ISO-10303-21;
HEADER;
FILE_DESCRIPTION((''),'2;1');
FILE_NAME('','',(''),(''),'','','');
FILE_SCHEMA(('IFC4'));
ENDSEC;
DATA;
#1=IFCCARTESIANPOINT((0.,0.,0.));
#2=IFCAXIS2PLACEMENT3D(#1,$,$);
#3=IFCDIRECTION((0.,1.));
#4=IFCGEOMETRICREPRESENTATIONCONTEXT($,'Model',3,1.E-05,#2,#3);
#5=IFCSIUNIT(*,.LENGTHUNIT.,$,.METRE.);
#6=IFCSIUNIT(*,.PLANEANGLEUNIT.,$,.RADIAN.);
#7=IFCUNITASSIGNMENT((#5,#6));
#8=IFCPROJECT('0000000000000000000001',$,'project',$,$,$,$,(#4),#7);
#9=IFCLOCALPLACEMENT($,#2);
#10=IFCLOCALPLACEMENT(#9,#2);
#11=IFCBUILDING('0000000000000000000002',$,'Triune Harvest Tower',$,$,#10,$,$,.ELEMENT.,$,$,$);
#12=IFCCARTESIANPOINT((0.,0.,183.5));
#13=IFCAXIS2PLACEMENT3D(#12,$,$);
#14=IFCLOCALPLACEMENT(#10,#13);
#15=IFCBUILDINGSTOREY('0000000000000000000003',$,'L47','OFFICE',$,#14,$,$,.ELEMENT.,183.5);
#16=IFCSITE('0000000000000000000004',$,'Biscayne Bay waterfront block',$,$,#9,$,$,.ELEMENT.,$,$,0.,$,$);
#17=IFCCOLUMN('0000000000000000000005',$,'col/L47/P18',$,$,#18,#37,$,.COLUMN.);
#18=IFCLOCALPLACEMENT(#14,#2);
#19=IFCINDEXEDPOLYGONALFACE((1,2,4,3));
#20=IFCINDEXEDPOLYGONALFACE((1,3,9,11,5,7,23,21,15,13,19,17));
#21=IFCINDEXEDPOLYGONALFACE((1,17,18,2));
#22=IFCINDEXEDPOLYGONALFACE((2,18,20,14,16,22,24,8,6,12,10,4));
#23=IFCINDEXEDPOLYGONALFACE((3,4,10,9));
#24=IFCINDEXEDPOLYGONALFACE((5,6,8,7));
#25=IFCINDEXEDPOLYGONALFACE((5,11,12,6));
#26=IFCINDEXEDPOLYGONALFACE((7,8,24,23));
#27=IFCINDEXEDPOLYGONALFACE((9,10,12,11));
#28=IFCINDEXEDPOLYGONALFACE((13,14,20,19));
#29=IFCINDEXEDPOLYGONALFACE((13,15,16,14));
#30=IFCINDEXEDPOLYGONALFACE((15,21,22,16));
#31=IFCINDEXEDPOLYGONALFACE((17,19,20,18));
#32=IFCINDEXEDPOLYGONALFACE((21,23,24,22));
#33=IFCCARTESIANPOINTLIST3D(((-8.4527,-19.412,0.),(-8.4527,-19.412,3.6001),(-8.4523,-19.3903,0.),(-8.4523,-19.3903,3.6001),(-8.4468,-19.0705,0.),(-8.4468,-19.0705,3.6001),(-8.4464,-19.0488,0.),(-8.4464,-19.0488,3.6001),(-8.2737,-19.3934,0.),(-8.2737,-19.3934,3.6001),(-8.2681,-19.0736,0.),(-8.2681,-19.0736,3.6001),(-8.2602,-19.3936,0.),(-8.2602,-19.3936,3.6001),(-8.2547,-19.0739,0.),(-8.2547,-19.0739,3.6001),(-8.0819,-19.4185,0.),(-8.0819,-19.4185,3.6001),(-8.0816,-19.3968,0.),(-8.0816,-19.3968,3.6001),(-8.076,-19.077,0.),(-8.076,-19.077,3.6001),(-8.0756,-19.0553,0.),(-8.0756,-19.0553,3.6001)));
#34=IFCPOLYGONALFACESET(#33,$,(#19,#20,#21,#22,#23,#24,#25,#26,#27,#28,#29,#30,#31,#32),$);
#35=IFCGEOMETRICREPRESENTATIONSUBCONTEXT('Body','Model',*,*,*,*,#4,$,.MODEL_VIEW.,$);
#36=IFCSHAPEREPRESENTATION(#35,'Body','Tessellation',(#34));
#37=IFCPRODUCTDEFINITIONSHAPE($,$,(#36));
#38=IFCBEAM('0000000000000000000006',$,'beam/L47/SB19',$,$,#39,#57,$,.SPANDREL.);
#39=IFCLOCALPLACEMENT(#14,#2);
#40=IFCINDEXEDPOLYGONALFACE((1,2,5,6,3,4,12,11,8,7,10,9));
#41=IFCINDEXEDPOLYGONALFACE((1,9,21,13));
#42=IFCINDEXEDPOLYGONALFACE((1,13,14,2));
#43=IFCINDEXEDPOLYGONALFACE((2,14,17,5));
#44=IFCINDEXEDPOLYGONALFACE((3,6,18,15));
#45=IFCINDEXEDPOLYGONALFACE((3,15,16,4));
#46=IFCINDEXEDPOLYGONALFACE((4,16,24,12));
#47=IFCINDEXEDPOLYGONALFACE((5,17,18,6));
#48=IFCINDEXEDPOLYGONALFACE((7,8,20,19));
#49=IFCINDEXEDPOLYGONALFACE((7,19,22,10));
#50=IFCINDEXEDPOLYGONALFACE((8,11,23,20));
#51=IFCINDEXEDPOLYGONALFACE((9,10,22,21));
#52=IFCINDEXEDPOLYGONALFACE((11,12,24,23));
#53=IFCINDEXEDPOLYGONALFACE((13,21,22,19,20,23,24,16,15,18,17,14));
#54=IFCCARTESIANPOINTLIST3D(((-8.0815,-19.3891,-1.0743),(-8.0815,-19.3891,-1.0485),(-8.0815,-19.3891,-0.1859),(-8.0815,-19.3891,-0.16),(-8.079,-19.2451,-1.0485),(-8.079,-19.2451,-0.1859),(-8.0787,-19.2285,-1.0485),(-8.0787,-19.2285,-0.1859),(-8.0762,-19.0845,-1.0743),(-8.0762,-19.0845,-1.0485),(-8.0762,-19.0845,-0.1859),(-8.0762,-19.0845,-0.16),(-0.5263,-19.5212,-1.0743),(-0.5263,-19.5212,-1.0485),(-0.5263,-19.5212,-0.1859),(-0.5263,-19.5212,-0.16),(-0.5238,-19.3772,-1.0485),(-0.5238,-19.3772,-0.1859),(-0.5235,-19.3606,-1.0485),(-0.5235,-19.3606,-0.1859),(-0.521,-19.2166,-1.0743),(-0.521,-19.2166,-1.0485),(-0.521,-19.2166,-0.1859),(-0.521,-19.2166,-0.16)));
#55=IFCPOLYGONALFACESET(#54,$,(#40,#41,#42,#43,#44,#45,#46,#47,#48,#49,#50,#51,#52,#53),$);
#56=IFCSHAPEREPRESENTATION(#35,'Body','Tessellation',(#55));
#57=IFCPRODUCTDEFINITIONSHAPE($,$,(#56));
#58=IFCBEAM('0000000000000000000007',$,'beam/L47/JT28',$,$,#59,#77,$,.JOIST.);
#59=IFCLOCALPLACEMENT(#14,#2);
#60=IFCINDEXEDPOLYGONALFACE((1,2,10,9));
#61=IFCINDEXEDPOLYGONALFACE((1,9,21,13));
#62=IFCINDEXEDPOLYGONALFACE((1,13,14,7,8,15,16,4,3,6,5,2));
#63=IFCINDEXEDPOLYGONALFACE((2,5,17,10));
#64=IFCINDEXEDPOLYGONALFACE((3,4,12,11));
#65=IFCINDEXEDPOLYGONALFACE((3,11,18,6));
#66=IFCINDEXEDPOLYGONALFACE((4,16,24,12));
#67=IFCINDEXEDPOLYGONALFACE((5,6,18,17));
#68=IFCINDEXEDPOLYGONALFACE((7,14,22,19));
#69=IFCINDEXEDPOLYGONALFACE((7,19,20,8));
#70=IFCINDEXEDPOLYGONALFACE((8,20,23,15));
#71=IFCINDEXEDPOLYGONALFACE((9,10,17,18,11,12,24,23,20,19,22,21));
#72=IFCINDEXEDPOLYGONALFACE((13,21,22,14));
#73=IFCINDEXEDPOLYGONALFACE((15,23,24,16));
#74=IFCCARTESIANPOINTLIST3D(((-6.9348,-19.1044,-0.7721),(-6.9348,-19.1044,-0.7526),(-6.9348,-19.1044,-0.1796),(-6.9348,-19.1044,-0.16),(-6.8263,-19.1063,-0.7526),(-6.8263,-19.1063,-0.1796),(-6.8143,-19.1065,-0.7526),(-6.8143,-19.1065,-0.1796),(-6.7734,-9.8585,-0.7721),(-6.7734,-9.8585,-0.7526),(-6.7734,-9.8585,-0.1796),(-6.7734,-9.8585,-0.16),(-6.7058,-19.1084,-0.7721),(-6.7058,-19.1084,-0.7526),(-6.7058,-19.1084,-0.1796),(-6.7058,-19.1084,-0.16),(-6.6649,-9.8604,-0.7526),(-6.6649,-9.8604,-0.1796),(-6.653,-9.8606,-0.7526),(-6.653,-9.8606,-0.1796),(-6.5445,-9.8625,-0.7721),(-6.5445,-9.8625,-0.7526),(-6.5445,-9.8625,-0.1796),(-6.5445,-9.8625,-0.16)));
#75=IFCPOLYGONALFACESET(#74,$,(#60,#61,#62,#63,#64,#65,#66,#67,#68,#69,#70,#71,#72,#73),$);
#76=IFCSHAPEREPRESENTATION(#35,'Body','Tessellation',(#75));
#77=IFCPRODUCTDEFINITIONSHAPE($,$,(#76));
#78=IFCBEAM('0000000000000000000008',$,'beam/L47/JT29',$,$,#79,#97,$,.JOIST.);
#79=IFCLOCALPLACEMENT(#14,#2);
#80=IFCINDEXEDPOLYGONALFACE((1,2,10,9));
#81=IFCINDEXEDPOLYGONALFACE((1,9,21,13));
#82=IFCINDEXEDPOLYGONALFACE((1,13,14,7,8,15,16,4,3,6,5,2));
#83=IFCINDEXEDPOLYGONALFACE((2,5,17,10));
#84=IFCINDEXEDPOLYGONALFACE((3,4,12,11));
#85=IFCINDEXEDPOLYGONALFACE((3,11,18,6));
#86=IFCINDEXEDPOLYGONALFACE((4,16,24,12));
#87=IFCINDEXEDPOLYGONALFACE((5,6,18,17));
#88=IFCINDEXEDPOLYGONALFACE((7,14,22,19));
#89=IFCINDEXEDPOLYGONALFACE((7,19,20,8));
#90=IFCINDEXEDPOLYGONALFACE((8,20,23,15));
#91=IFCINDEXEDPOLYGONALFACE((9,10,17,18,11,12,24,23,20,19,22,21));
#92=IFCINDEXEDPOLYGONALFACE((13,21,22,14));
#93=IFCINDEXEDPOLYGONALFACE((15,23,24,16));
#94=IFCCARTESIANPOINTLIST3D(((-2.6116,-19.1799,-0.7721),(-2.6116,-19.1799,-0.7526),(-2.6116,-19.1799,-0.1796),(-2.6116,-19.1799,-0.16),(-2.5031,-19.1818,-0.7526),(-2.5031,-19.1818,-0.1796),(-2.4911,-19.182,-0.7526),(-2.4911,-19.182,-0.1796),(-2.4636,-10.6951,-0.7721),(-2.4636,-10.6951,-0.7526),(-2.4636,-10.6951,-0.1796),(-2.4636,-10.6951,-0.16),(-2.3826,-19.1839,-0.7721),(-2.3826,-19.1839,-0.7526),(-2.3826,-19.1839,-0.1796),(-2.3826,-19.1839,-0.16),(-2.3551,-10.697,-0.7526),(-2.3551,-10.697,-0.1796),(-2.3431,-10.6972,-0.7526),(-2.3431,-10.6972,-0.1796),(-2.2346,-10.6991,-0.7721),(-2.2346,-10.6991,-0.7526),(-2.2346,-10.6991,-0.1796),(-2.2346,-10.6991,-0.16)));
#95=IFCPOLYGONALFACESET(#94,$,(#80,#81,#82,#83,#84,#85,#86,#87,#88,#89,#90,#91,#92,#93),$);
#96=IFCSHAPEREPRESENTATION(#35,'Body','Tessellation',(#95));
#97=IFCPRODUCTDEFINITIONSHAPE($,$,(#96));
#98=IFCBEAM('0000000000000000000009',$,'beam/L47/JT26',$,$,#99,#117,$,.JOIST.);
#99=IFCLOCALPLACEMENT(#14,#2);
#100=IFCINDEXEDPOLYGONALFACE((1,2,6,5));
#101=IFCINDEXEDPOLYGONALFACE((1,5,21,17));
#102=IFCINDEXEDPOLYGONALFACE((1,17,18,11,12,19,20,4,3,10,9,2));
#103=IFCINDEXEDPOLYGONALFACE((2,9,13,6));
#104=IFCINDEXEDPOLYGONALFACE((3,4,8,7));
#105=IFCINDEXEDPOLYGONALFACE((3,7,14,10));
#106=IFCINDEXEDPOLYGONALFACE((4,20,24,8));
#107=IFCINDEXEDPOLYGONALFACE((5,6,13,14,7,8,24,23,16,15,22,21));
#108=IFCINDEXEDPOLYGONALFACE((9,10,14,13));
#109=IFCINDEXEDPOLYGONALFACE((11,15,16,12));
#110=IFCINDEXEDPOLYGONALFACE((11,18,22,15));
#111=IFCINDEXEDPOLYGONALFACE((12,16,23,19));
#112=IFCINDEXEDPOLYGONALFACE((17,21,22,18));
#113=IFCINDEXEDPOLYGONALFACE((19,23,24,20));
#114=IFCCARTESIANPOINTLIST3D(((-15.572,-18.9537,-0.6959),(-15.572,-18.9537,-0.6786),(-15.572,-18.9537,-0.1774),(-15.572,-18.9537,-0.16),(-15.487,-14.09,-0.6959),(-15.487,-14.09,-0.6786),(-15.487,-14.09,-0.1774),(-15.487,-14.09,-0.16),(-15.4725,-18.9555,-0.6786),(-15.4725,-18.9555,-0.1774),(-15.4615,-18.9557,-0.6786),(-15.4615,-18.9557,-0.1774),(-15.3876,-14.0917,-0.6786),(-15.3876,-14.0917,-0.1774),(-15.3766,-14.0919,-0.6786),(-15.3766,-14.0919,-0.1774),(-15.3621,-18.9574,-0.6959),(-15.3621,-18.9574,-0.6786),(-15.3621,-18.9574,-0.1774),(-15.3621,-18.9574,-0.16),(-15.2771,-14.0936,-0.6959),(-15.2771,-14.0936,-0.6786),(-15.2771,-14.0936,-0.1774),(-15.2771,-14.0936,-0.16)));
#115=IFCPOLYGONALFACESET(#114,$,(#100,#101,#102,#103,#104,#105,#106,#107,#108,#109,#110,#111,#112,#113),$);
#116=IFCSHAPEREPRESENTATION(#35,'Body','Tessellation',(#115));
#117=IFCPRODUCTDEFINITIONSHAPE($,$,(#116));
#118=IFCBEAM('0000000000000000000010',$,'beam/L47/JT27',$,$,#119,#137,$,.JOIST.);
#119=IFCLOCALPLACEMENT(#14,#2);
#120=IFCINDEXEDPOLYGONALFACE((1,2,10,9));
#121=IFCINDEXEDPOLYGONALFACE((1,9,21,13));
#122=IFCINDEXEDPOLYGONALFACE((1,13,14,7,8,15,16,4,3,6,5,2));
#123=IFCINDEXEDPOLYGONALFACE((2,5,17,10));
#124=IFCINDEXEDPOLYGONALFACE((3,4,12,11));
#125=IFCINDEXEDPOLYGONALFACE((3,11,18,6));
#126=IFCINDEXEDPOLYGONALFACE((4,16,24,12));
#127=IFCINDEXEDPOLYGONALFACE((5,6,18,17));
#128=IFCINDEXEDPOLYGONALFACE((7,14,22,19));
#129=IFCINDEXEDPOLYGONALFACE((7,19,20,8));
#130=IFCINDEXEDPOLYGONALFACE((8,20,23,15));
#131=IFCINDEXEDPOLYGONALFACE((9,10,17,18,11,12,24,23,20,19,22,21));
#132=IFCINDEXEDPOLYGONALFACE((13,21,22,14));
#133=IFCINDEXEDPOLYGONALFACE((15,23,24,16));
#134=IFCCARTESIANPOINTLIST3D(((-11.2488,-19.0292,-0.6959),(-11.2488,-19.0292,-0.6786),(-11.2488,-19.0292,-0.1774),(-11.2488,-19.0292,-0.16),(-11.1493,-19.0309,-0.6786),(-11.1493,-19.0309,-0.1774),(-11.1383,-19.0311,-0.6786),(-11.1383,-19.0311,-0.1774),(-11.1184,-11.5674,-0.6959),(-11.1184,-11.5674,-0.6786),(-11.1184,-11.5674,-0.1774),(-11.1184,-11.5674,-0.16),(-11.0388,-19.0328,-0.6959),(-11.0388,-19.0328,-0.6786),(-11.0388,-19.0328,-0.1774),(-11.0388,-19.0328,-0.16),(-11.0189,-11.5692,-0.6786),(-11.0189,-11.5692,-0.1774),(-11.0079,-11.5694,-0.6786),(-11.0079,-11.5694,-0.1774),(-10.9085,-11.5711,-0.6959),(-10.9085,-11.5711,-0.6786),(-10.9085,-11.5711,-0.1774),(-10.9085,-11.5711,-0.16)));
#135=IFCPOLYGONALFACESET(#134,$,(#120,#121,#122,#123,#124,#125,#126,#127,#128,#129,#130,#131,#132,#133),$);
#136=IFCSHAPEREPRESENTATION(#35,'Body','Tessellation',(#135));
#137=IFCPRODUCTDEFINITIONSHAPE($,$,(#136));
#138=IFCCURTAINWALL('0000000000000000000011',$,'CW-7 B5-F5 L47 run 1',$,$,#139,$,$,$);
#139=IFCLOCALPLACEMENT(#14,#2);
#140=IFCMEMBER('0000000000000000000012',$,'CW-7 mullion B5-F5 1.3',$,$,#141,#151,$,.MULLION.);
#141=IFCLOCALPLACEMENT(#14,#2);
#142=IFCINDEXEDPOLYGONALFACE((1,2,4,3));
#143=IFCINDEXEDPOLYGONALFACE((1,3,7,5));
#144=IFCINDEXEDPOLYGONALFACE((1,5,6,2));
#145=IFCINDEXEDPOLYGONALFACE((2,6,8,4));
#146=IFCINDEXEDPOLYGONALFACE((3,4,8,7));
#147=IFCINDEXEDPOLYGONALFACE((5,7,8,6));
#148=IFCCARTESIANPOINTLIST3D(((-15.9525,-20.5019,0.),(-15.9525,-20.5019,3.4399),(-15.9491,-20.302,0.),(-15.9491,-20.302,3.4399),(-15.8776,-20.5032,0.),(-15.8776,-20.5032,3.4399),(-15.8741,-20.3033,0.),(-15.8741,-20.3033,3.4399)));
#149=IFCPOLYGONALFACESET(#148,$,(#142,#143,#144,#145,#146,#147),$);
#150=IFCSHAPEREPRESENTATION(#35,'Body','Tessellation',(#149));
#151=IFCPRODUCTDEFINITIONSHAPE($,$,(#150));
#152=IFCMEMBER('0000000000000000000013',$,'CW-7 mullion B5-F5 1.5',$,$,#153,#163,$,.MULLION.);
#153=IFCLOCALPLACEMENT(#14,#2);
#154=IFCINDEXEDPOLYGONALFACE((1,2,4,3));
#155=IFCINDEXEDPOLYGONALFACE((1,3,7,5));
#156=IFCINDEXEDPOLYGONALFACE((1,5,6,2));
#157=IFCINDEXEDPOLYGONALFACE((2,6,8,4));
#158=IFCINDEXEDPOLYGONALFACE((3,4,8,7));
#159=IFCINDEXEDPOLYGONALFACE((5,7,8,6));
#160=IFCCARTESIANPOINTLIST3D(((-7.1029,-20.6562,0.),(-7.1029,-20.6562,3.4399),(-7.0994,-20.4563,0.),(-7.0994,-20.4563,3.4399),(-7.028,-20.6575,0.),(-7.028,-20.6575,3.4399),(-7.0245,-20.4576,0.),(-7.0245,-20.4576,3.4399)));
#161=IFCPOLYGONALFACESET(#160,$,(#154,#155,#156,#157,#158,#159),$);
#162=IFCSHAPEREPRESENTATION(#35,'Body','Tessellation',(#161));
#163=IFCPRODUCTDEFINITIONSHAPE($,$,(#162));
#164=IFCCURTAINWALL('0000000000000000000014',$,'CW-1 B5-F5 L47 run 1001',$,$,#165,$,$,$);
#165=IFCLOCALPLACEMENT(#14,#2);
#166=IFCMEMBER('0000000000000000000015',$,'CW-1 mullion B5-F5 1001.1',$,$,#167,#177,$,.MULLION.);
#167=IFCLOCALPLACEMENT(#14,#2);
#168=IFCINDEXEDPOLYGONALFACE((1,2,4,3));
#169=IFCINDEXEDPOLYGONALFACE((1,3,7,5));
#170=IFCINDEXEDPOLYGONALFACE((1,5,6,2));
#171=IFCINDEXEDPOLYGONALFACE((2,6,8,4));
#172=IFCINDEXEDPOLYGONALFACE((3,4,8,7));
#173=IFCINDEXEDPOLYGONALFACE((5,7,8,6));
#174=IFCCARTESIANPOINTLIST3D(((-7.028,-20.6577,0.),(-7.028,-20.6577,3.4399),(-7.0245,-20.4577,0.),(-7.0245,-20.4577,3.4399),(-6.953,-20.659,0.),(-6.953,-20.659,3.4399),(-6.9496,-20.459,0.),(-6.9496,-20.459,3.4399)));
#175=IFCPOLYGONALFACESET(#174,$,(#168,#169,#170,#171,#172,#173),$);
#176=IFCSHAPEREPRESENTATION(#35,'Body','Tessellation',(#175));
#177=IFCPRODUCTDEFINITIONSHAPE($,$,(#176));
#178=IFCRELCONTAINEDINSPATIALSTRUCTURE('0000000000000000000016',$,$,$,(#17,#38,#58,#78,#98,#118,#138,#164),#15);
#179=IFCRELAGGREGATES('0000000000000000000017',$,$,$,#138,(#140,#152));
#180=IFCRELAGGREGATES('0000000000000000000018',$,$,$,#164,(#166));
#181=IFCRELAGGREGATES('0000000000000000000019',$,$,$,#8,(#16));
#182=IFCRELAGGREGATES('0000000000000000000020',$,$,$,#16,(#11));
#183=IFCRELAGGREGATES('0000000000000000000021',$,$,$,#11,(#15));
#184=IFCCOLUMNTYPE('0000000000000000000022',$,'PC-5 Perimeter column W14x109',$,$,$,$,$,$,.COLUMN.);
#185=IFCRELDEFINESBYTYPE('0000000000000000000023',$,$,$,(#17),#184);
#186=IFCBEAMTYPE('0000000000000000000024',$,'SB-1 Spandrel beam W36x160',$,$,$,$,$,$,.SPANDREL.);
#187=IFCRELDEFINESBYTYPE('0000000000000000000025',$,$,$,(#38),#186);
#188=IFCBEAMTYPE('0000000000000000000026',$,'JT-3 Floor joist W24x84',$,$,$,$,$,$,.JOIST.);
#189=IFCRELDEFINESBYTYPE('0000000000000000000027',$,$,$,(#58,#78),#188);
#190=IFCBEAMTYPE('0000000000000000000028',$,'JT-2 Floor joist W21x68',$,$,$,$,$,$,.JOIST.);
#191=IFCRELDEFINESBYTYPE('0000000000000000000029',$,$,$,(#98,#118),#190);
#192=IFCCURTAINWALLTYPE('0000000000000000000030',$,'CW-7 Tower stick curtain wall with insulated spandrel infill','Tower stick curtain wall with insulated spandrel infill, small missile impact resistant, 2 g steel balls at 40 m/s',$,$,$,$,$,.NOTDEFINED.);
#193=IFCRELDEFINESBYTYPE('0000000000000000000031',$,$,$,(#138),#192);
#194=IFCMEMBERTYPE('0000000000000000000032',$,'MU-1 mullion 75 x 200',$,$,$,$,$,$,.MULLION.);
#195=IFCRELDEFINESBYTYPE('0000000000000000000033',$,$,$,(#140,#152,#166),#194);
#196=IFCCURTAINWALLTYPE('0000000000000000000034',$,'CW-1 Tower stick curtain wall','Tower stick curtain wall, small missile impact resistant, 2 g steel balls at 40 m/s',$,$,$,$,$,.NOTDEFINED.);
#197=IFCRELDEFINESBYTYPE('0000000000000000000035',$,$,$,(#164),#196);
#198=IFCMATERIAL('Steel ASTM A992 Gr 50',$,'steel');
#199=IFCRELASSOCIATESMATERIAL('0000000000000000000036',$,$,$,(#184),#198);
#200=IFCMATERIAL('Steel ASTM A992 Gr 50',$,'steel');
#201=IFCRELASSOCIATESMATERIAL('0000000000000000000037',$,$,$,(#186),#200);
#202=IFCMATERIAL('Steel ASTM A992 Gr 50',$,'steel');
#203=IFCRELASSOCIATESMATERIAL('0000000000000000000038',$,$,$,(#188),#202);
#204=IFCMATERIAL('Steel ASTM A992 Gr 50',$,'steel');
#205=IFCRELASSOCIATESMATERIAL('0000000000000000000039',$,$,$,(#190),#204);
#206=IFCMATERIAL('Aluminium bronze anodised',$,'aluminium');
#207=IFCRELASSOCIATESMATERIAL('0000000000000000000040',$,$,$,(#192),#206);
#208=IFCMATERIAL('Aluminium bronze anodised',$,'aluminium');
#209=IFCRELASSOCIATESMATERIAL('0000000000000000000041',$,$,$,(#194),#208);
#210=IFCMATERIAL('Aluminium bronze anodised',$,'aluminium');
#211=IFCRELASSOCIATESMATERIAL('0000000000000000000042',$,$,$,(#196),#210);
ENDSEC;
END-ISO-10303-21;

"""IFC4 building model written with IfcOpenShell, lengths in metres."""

from ifc_helpers import new_model, si_unit, direction, frame, origin, origin_2d, place, context, subcontext, project, spatial, rectangle, i_section, extrude, source, transform, mapped, material, material_profile, profile_set, type_object, element, aggregate, save


model = new_model("IFC4")

# Units and contexts
model_context = context("Model", 3, precision=1e-05, world=origin(), true_north=direction((0.0, 1.0)))
body_context = subcontext(model_context, "Body", "Model", "MODEL_VIEW")
ifc_project = project(units=[si_unit("LENGTHUNIT", "METRE"), si_unit("PLANEANGLEUNIT", "RADIAN")], contexts=[model_context])

# Site, building, storey
site_placement = place(None, origin())
site = spatial("IfcSite", under=ifc_project, at=site_placement, Name="Biscayne Bay waterfront block", CompositionType="ELEMENT", RefElevation=0.0)
building_placement = place(site_placement, origin())
building = spatial("IfcBuilding", under=site, at=building_placement, Name="Triune Harvest Tower", CompositionType="ELEMENT")
storey_placement = place(building_placement, frame((0.0, 0.0, 183.5)))
storey = spatial("IfcBuildingStorey", under=building, at=storey_placement, Name="L47", Description="OFFICE", CompositionType="ELEMENT", Elevation=183.5)

# Column
ifc_material_1 = material(Name="Steel ASTM A992 Gr 50", Category="steel")
ifc_material_profile_1 = material_profile(ifc_material_1, i_section(OverallWidth=0.3708, OverallDepth=0.3633, WebThickness=0.0134, FlangeThickness=0.0217, at=origin_2d()), Name="W14x109")
ifc_profile_set_1 = profile_set([ifc_material_profile_1], Name="Steel ASTM A992 Gr 50")
column_type = type_object("IfcColumnType", Name="PC-5 Perimeter column W14x109", PredefinedType="COLUMN", material=ifc_profile_set_1)
shared_shape_1 = source(origin(), body_context, "Body", "SweptSolid", [
    extrude(i_section(OverallWidth=0.3708, OverallDepth=0.3633, WebThickness=0.0134, FlangeThickness=0.0217, at=origin_2d()), origin(), (0.0, 0.0, 1.0), 3.6001),
])
column_placement = place(storey_placement, frame((-8.2642, -19.2336, 0.0), z_axis=(0.0, 0.0, 1.0), x_axis=(0.999848, -0.017452, 0.0)))
element("IfcColumn", 1, at=column_placement, inside=storey, type_object=column_type, Name="col/L47/P18", PredefinedType="COLUMN", context=body_context, shape_type="MappedRepresentation", body=[
    mapped(shared_shape_1, transform((0.0, 0.0, 0.0), scale=1.0)),
])

# Beams
ifc_material_2 = material(Name="Steel ASTM A992 Gr 50", Category="steel")
ifc_material_profile_2 = material_profile(ifc_material_2, i_section(OverallWidth=0.3047, OverallDepth=0.9143, WebThickness=0.0166, FlangeThickness=0.0259, at=origin_2d()), Name="W36x160")
ifc_profile_set_2 = profile_set([ifc_material_profile_2], Name="Steel ASTM A992 Gr 50")
beam_type_1 = type_object("IfcBeamType", Name="SB-1 Spandrel beam W36x160", PredefinedType="SPANDREL", material=ifc_profile_set_2)
shared_shape_2 = source(origin(), body_context, "Body", "SweptSolid", [
    extrude(i_section(OverallWidth=0.3047, OverallDepth=0.9143, WebThickness=0.0166, FlangeThickness=0.0259, at=origin_2d()), origin(), (0.0, 0.0, 1.0), 7.5564),
])
beam_1_placement = place(storey_placement, frame((-8.0789, -19.2368, -0.6172), z_axis=(0.999847, -0.017479, 0.0), x_axis=(0.017479, 0.999847, 0.0)))
element("IfcBeam", 2, at=beam_1_placement, inside=storey, type_object=beam_type_1, Name="beam/L47/SB19", PredefinedType="SPANDREL", context=body_context, shape_type="MappedRepresentation", body=[
    mapped(shared_shape_2, transform((0.0, 0.0, 0.0), scale=1.0)),
])
ifc_material_3 = material(Name="Steel ASTM A992 Gr 50", Category="steel")
ifc_material_profile_3 = material_profile(ifc_material_3, i_section(OverallWidth=0.229, OverallDepth=0.6121, WebThickness=0.012, FlangeThickness=0.0195, at=origin_2d()), Name="W24x84")
ifc_profile_set_3 = profile_set([ifc_material_profile_3], Name="Steel ASTM A992 Gr 50")
beam_type_2 = type_object("IfcBeamType", Name="JT-3 Floor joist W24x84", PredefinedType="JOIST", material=ifc_profile_set_3)
shared_shape_3 = source(origin(), body_context, "Body", "SweptSolid", [
    extrude(i_section(OverallWidth=0.229, OverallDepth=0.6121, WebThickness=0.012, FlangeThickness=0.0195, at=origin_2d()), origin(), (0.0, 0.0, 1.0), 9.2473),
])
beam_2_placement = place(storey_placement, frame((-6.8203, -19.1064, -0.4661), z_axis=(0.017451, 0.999848, 0.0), x_axis=(-0.999848, 0.017451, 0.0)))
element("IfcBeam", 3, at=beam_2_placement, inside=storey, type_object=beam_type_2, Name="beam/L47/JT28", PredefinedType="JOIST", context=body_context, shape_type="MappedRepresentation", body=[
    mapped(shared_shape_3, transform((0.0, 0.0, 0.0), scale=1.0)),
])
shared_shape_4 = source(origin(), body_context, "Body", "SweptSolid", [
    extrude(i_section(OverallWidth=0.229, OverallDepth=0.6121, WebThickness=0.012, FlangeThickness=0.0195, at=origin_2d()), origin(), (0.0, 0.0, 1.0), 8.4861),
])
beam_3_placement = place(storey_placement, frame((-2.4971, -19.1819, -0.4661), z_axis=(0.017434, 0.999848, 0.0), x_axis=(-0.999848, 0.017434, 0.0)))
element("IfcBeam", 4, at=beam_3_placement, inside=storey, type_object=beam_type_2, Name="beam/L47/JT29", PredefinedType="JOIST", context=body_context, shape_type="MappedRepresentation", body=[
    mapped(shared_shape_4, transform((0.0, 0.0, 0.0), scale=1.0)),
])
ifc_material_4 = material(Name="Steel ASTM A992 Gr 50", Category="steel")
ifc_material_profile_4 = material_profile(ifc_material_4, i_section(OverallWidth=0.21, OverallDepth=0.5359, WebThickness=0.011, FlangeThickness=0.0173, at=origin_2d()), Name="W21x68")
ifc_profile_set_4 = profile_set([ifc_material_profile_4], Name="Steel ASTM A992 Gr 50")
beam_type_3 = type_object("IfcBeamType", Name="JT-2 Floor joist W21x68", PredefinedType="JOIST", material=ifc_profile_set_4)
shared_shape_5 = source(origin(), body_context, "Body", "SweptSolid", [
    extrude(i_section(OverallWidth=0.21, OverallDepth=0.5359, WebThickness=0.011, FlangeThickness=0.0173, at=origin_2d()), origin(), (0.0, 0.0, 1.0), 4.8645),
])
beam_4_placement = place(storey_placement, frame((-15.467, -18.9556, -0.428), z_axis=(0.017465, 0.999847, 0.0), x_axis=(-0.999847, 0.017465, 0.0)))
element("IfcBeam", 5, at=beam_4_placement, inside=storey, type_object=beam_type_3, Name="beam/L47/JT26", PredefinedType="JOIST", context=body_context, shape_type="MappedRepresentation", body=[
    mapped(shared_shape_5, transform((0.0, 0.0, 0.0), scale=1.0)),
])
shared_shape_6 = source(origin(), body_context, "Body", "SweptSolid", [
    extrude(i_section(OverallWidth=0.21, OverallDepth=0.5359, WebThickness=0.011, FlangeThickness=0.0173, at=origin_2d()), origin(), (0.0, 0.0, 1.0), 7.4629),
])
beam_5_placement = place(storey_placement, frame((-11.1438, -19.031, -0.428), z_axis=(0.017469, 0.999847, 0.0), x_axis=(-0.999847, 0.017469, 0.0)))
element("IfcBeam", 6, at=beam_5_placement, inside=storey, type_object=beam_type_3, Name="beam/L47/JT27", PredefinedType="JOIST", context=body_context, shape_type="MappedRepresentation", body=[
    mapped(shared_shape_6, transform((0.0, 0.0, 0.0), scale=1.0)),
])

# Curtain wall, members
ifc_material_5 = material(Name="Aluminium bronze anodised", Category="aluminium")
curtain_wall_type_1 = type_object("IfcCurtainWallType", Name="CW-7 Tower stick curtain wall with insulated spandrel infill", Description="Tower stick curtain wall with insulated spandrel infill, small missile impact resistant, 2 g steel balls at 40 m/s", PredefinedType="NOTDEFINED", material=ifc_material_5)
curtain_wall_1_placement = place(storey_placement, origin())
curtain_wall_1 = element("IfcCurtainWall", 7, at=curtain_wall_1_placement, inside=storey, type_object=curtain_wall_type_1, Name="CW-7 B5-F5 L47 run 1")
ifc_material_6 = material(Name="Aluminium bronze anodised", Category="aluminium")
ifc_material_profile_5 = material_profile(ifc_material_6, rectangle(XDim=0.2, YDim=0.075, at=origin_2d()), Name="MU-1 mullion 75 x 200")
ifc_profile_set_5 = profile_set([ifc_material_profile_5], Name="Aluminium bronze anodised")
member_type_1 = type_object("IfcMemberType", Name="MU-1 mullion 75 x 200", PredefinedType="MULLION", material=ifc_profile_set_5)
shared_shape_7 = source(origin(), body_context, "Body", "SweptSolid", [
    extrude(rectangle(XDim=0.2, YDim=0.075, at=origin_2d()), origin(), (0.0, 0.0, 1.0), 3.4399),
])
member_1_placement = place(storey_placement, frame((-15.9133, -20.4026, 0.0), z_axis=(0.0, 0.0, 1.0), x_axis=(0.017451, 0.999848, 0.0)))
member_1 = element("IfcMember", 8, at=member_1_placement, type_object=member_type_1, Name="CW-7 mullion B5-F5 1.3", PredefinedType="MULLION", context=body_context, shape_type="MappedRepresentation", body=[
    mapped(shared_shape_7, transform((0.0, 0.0, 0.0), scale=1.0)),
])
member_2_placement = place(storey_placement, frame((-7.0637, -20.5569, 0.0), z_axis=(0.0, 0.0, 1.0), x_axis=(0.017451, 0.999848, 0.0)))
member_2 = element("IfcMember", 9, at=member_2_placement, type_object=member_type_1, Name="CW-7 mullion B5-F5 1.5", PredefinedType="MULLION", context=body_context, shape_type="MappedRepresentation", body=[
    mapped(shared_shape_7, transform((0.0, 0.0, 0.0), scale=1.0)),
])

# Curtain wall, member
ifc_material_7 = material(Name="Aluminium bronze anodised", Category="aluminium")
curtain_wall_type_2 = type_object("IfcCurtainWallType", Name="CW-1 Tower stick curtain wall", Description="Tower stick curtain wall, small missile impact resistant, 2 g steel balls at 40 m/s", PredefinedType="NOTDEFINED", material=ifc_material_7)
curtain_wall_2_placement = place(storey_placement, origin())
curtain_wall_2 = element("IfcCurtainWall", 10, at=curtain_wall_2_placement, inside=storey, type_object=curtain_wall_type_2, Name="CW-1 B5-F5 L47 run 1001")
member_3_placement = place(storey_placement, frame((-6.9888, -20.5583, 0.0), z_axis=(0.0, 0.0, 1.0), x_axis=(0.017453, 0.999848, 0.0)))
member_3 = element("IfcMember", 11, at=member_3_placement, type_object=member_type_1, Name="CW-1 mullion B5-F5 1001.1", PredefinedType="MULLION", context=body_context, shape_type="MappedRepresentation", body=[
    mapped(shared_shape_7, transform((0.0, 0.0, 0.0), scale=1.0)),
])

aggregate(curtain_wall_1, [member_1, member_2])
aggregate(curtain_wall_2, [member_3])

save(model, "model.ifc")
